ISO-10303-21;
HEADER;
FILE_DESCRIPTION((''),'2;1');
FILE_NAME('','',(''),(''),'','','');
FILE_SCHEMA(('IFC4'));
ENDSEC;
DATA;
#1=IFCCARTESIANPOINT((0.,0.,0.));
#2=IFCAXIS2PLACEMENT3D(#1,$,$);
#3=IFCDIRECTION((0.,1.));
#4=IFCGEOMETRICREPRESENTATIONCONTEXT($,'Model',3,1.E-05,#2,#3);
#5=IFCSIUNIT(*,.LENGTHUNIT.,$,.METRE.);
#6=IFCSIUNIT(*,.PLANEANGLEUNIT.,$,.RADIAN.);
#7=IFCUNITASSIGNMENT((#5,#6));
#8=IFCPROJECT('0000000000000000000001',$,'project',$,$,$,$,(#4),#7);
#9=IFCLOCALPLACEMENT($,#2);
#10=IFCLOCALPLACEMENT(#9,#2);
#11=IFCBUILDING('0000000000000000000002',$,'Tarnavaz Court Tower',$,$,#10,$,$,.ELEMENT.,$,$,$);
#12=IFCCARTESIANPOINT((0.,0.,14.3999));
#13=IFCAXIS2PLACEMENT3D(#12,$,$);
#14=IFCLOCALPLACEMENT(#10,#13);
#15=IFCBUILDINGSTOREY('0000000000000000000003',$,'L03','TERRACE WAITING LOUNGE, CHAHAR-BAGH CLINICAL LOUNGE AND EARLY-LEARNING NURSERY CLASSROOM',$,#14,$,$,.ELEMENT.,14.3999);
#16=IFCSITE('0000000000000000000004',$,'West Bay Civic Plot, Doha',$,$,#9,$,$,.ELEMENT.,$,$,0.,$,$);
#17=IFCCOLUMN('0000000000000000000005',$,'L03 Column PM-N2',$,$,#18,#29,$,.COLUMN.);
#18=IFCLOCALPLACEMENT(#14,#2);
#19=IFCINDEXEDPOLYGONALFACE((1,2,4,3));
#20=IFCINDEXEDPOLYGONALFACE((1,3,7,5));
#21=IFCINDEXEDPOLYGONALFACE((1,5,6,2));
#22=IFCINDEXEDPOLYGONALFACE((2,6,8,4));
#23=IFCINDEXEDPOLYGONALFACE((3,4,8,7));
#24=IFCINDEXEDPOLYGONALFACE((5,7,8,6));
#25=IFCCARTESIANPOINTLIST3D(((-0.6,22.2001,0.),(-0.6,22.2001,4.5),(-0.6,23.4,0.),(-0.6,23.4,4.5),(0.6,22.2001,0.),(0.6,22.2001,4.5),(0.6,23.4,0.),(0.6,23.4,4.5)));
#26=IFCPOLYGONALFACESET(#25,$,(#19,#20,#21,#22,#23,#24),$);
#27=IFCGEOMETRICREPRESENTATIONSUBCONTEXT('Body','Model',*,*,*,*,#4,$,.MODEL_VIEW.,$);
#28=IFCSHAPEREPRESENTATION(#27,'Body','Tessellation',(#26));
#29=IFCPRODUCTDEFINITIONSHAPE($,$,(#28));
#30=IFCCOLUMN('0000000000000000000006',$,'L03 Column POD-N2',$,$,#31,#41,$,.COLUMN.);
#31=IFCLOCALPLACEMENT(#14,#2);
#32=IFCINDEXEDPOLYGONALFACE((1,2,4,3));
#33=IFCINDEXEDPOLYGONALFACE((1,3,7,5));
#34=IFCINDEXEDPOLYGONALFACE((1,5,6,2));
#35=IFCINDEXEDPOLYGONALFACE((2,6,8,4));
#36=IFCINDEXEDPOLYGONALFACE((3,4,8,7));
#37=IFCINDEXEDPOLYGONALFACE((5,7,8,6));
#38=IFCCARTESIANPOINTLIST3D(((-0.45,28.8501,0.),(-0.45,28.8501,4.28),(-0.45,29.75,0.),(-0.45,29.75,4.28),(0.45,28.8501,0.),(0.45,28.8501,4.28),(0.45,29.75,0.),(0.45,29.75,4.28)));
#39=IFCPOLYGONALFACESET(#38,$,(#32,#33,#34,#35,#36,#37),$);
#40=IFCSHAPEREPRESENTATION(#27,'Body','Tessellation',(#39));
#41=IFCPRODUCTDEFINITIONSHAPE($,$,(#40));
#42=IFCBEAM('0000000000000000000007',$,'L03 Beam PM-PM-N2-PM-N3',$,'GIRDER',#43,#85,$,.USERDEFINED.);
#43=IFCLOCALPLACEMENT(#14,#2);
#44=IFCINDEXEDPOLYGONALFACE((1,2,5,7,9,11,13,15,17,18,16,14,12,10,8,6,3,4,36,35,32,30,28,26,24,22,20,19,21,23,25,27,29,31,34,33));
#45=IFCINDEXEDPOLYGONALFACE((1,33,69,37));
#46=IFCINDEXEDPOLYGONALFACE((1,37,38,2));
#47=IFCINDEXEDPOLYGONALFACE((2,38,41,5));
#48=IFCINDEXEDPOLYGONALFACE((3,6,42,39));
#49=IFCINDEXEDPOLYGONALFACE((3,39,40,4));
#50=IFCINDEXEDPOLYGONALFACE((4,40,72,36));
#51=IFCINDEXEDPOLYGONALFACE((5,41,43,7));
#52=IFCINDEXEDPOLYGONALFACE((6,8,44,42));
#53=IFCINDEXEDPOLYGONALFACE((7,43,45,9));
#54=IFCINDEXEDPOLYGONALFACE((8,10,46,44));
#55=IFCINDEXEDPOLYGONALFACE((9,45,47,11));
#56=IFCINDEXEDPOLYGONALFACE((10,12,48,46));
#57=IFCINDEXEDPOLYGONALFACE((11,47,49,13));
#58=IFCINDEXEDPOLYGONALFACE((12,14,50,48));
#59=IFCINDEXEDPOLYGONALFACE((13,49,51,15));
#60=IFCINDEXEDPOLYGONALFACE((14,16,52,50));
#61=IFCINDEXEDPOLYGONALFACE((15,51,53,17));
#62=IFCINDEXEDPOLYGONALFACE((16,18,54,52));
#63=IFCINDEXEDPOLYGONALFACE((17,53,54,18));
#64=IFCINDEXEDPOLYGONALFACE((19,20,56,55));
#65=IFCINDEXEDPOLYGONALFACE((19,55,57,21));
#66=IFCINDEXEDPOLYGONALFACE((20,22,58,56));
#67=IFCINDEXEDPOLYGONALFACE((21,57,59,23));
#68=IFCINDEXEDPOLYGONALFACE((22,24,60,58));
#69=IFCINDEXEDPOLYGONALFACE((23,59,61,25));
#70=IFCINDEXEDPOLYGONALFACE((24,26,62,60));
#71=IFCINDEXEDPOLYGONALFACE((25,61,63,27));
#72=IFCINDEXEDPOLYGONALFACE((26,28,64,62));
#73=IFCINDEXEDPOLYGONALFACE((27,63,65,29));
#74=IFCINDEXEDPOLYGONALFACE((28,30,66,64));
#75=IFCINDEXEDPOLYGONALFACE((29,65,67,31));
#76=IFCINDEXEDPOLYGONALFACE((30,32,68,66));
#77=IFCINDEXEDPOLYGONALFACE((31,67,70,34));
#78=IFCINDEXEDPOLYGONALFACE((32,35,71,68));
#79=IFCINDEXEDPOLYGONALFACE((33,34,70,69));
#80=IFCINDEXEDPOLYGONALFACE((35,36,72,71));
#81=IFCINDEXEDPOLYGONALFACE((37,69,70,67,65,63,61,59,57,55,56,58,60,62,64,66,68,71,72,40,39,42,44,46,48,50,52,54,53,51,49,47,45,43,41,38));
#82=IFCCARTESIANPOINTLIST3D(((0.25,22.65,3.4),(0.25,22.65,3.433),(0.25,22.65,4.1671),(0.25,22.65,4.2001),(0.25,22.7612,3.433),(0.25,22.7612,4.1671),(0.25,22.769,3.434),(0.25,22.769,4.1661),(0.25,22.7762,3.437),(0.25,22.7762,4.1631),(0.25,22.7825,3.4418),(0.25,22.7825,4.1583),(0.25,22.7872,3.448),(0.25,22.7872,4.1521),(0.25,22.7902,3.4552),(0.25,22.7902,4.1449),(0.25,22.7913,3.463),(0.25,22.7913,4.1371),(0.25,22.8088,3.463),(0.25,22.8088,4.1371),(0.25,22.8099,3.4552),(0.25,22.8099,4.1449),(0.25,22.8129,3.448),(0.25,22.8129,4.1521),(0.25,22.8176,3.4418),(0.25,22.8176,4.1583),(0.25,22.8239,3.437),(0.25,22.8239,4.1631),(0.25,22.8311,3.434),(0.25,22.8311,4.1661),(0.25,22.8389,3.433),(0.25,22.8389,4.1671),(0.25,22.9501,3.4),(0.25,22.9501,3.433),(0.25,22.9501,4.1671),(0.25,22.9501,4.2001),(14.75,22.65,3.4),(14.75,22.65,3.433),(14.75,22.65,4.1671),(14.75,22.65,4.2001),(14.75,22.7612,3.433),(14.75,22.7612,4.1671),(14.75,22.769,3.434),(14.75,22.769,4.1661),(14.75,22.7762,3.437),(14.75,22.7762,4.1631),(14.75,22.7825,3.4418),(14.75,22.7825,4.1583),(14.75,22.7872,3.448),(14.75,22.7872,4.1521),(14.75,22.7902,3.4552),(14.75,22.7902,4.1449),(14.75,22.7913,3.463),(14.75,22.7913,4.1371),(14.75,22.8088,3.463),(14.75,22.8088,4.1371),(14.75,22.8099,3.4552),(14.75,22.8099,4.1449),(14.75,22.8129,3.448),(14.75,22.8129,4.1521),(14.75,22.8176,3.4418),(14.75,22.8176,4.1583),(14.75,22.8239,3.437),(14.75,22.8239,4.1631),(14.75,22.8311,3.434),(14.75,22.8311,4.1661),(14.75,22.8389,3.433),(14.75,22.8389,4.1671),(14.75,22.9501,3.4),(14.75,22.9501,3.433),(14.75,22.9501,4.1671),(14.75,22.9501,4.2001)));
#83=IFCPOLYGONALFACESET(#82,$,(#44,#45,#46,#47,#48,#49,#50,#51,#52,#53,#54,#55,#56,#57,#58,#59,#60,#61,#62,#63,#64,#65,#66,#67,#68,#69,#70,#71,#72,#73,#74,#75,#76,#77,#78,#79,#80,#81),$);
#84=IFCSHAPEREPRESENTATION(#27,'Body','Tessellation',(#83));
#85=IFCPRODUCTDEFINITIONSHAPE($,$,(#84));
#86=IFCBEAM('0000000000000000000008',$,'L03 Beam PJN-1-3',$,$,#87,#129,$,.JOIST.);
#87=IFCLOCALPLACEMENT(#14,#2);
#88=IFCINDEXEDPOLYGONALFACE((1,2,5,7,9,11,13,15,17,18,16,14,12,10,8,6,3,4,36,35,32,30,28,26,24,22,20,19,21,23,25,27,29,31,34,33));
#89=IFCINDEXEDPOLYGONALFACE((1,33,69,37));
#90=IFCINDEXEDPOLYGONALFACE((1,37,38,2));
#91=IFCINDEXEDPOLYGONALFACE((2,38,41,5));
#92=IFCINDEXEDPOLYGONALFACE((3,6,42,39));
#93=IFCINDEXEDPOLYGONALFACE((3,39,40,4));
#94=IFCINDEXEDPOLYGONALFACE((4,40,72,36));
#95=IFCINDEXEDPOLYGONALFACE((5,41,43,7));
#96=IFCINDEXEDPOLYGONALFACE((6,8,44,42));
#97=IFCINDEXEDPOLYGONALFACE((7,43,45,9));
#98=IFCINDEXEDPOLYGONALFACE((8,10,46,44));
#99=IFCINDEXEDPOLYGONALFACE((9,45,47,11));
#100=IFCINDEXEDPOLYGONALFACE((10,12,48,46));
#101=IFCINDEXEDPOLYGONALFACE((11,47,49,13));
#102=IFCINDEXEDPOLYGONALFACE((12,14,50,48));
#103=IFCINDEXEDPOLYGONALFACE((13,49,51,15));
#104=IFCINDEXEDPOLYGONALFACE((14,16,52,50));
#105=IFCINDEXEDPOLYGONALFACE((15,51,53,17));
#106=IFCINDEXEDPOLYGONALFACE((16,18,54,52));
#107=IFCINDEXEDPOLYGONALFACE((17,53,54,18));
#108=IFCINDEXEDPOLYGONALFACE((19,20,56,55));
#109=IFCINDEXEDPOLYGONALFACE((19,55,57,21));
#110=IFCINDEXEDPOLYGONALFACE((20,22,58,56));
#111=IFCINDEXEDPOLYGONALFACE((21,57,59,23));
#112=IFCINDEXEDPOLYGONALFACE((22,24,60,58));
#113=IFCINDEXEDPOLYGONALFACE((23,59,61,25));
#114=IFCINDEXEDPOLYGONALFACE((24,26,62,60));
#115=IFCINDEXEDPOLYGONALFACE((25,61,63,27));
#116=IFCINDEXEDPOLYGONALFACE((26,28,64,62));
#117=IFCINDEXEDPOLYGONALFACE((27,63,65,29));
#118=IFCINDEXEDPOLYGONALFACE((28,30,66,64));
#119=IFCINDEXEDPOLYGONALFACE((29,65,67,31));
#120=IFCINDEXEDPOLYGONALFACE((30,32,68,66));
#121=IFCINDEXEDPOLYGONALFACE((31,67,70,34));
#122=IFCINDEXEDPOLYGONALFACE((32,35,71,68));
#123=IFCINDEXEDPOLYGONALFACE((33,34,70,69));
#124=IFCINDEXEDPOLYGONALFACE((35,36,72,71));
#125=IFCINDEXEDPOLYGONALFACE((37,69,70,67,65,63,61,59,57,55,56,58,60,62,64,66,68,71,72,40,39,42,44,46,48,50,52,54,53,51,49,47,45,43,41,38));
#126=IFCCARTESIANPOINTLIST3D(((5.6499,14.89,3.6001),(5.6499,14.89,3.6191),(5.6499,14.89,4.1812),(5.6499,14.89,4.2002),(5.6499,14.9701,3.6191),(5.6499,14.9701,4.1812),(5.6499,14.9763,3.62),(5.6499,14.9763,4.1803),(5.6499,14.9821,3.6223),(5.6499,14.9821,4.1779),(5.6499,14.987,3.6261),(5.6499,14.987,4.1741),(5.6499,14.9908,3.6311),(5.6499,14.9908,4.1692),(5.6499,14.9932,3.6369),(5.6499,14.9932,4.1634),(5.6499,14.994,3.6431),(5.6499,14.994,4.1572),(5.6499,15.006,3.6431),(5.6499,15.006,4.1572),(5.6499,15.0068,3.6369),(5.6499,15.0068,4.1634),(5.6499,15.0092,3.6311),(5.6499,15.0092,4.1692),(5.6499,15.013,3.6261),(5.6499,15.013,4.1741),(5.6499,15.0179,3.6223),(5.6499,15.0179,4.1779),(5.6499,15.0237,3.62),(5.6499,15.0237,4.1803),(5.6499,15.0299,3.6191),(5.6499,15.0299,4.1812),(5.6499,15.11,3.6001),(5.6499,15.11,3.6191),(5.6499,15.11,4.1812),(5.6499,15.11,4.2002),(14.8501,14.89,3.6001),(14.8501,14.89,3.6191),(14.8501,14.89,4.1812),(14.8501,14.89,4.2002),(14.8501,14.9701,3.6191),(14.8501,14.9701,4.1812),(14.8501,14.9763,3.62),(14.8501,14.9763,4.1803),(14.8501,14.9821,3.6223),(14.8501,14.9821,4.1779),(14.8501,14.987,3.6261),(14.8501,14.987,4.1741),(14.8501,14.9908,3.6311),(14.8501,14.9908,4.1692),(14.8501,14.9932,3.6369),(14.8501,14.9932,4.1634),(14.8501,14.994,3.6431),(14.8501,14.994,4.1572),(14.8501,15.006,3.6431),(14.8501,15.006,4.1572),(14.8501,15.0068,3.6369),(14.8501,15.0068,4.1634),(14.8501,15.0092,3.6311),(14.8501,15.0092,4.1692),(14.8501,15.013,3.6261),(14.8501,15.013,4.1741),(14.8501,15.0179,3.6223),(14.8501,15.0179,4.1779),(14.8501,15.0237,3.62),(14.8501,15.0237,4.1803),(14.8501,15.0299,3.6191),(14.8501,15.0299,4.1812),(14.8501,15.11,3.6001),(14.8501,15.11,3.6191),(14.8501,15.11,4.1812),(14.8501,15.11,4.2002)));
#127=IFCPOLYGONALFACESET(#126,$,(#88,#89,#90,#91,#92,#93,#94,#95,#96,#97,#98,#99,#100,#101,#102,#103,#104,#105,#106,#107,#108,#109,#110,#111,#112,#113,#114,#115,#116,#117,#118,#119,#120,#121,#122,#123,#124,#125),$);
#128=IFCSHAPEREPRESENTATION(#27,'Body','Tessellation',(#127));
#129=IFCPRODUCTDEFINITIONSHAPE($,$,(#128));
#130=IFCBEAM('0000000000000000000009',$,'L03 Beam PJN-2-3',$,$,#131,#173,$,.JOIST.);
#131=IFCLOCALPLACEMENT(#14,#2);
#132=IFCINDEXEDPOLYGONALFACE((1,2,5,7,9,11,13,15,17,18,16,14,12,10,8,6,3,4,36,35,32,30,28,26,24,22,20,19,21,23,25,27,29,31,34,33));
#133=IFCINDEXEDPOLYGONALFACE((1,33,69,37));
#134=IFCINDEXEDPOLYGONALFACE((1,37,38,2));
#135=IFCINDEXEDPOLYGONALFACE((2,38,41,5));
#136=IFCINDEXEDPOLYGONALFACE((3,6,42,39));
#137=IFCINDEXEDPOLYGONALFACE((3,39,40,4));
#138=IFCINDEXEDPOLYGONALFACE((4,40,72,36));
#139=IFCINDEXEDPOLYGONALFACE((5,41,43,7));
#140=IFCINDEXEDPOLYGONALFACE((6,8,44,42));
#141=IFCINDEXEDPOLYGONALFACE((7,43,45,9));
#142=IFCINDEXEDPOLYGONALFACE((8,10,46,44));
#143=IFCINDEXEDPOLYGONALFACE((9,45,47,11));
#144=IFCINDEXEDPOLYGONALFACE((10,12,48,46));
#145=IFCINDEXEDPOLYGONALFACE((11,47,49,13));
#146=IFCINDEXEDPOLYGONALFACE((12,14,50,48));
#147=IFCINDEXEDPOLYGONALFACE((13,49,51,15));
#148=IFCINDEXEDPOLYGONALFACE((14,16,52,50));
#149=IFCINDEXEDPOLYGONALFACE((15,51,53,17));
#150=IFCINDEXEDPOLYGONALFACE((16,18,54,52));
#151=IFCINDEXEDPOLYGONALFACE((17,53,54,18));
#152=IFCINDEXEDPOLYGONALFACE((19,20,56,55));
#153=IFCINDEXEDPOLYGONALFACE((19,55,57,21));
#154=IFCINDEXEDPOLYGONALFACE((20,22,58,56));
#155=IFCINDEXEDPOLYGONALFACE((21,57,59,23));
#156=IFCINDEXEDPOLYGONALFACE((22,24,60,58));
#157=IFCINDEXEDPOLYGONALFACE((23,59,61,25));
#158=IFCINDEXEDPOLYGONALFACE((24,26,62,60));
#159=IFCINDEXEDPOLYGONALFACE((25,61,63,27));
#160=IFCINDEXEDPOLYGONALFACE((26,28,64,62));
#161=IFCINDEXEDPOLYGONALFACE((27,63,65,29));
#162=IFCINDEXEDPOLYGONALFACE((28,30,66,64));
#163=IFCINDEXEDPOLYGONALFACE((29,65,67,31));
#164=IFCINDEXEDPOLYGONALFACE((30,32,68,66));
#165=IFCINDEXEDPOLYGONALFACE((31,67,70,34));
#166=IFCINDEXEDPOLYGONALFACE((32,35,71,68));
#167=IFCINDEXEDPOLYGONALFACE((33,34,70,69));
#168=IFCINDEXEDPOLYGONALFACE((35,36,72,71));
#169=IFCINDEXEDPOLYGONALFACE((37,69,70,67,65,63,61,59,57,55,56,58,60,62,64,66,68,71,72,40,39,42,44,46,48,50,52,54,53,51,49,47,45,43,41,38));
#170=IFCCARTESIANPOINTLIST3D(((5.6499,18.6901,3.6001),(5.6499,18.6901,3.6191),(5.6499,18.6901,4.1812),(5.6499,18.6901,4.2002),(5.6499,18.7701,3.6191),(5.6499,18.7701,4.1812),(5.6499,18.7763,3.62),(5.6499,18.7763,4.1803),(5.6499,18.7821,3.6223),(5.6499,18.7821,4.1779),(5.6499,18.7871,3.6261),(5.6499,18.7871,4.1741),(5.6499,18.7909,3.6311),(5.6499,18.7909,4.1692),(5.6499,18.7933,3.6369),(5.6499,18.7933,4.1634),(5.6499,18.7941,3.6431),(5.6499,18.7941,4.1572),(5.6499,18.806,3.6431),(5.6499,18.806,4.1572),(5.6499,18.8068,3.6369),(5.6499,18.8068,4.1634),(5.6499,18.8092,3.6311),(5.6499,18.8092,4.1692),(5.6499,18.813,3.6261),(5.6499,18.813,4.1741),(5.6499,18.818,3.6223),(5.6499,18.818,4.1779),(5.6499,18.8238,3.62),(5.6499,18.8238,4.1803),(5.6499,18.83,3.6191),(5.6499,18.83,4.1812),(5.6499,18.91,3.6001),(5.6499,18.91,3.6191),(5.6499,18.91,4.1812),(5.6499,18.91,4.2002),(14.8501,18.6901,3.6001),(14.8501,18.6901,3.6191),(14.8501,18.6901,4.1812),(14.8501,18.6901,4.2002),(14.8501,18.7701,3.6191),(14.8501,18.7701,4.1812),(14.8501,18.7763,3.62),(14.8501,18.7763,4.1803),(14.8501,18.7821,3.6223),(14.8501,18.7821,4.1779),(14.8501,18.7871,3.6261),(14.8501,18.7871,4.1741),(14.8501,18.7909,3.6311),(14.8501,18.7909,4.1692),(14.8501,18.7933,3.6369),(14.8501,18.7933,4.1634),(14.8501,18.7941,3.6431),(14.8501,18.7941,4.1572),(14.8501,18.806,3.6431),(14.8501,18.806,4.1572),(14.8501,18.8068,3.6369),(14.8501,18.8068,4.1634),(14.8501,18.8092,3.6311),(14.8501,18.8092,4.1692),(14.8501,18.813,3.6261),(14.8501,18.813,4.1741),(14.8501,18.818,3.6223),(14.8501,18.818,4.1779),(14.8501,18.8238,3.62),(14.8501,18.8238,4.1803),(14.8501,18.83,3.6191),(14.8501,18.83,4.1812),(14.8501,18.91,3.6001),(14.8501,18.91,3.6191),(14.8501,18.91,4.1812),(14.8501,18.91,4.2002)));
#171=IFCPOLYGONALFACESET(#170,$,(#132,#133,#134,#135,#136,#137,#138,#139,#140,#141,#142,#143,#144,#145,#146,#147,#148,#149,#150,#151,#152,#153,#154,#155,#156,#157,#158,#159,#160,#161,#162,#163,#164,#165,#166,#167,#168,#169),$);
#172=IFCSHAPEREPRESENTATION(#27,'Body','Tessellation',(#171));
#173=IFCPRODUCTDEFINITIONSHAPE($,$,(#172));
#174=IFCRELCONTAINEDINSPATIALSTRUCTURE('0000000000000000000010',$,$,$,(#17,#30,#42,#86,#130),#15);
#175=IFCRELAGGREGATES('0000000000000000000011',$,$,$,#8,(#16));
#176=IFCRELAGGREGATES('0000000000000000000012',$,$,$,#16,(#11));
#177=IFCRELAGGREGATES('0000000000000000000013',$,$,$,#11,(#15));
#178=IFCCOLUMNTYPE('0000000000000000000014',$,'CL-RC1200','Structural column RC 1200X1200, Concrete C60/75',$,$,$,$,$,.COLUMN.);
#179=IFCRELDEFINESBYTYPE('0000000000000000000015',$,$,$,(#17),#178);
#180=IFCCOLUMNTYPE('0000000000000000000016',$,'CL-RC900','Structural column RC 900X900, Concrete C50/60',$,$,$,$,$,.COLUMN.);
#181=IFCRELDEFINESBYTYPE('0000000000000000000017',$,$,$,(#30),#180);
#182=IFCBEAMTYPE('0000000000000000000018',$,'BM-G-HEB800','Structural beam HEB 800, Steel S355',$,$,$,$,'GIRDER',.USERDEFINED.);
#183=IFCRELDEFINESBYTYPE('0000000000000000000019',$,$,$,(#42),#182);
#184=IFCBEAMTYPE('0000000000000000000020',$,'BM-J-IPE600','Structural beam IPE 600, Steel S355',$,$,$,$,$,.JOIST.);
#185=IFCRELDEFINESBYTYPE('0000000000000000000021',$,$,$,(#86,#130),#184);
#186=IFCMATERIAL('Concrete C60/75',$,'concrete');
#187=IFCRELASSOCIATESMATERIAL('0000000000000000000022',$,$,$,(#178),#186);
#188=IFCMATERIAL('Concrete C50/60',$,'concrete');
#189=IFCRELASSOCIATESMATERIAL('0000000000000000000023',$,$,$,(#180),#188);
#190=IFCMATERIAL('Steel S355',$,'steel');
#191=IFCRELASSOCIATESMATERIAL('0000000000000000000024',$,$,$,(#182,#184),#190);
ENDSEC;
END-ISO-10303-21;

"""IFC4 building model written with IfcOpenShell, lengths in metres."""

from ifc_helpers import new_model, si_unit, direction, frame, origin, origin_2d, place, context, subcontext, project, spatial, rectangle, i_section, extrude, material, material_profile, profile_set, type_object, element, save


model = new_model("IFC4")

# Units and contexts
model_context = context("Model", 3, precision=1e-05, world=origin(), true_north=direction((0.0, 1.0)))
body_context = subcontext(model_context, "Body", "Model", "MODEL_VIEW")
ifc_project = project(units=[si_unit("LENGTHUNIT", "METRE"), si_unit("PLANEANGLEUNIT", "RADIAN")], contexts=[model_context])

# Site, building, storey
site_placement = place(None, origin())
site = spatial("IfcSite", under=ifc_project, at=site_placement, Name="West Bay Civic Plot, Doha", CompositionType="ELEMENT", RefElevation=0.0)
building_placement = place(site_placement, origin())
building = spatial("IfcBuilding", under=site, at=building_placement, Name="Tarnavaz Court Tower", CompositionType="ELEMENT")
storey_placement = place(building_placement, frame((0.0, 0.0, 14.3999)))
storey = spatial("IfcBuildingStorey", under=building, at=storey_placement, Name="L03", Description="TERRACE WAITING LOUNGE, CHAHAR-BAGH CLINICAL LOUNGE AND EARLY-LEARNING NURSERY CLASSROOM", CompositionType="ELEMENT", Elevation=14.3999)

# Columns
ifc_material_1 = material(Name="Concrete C60/75", Category="concrete")
ifc_material_profile_1 = material_profile(ifc_material_1, rectangle(XDim=1.2, YDim=1.2, at=origin_2d()), Name="RC 1200X1200")
ifc_profile_set_1 = profile_set([ifc_material_profile_1], Name="Concrete C60/75")
column_type_1 = type_object("IfcColumnType", Name="CL-RC1200", Description="Structural column RC 1200X1200, Concrete C60/75", PredefinedType="COLUMN", material=ifc_profile_set_1)
column_1_placement = place(storey_placement, frame((0.0, 22.8, 0.0), z_axis=(0.0, 0.0, 1.0), x_axis=(1.0, 0.0, 0.0)))
element("IfcColumn", 1, at=column_1_placement, inside=storey, type_object=column_type_1, Name="L03 Column PM-N2", PredefinedType="COLUMN", context=body_context, shape_type="SweptSolid", body=[
    extrude(rectangle(XDim=1.2, YDim=1.2, at=origin_2d()), origin(), (0.0, 0.0, 1.0), 4.5),
])
ifc_material_2 = material(Name="Concrete C50/60", Category="concrete")
ifc_material_profile_2 = material_profile(ifc_material_2, rectangle(XDim=0.8999, YDim=0.8999, at=origin_2d()), Name="RC 900X900")
ifc_profile_set_2 = profile_set([ifc_material_profile_2], Name="Concrete C50/60")
column_type_2 = type_object("IfcColumnType", Name="CL-RC900", Description="Structural column RC 900X900, Concrete C50/60", PredefinedType="COLUMN", material=ifc_profile_set_2)
column_2_placement = place(storey_placement, frame((0.0, 29.3, 0.0), z_axis=(0.0, 0.0, 1.0), x_axis=(1.0, 0.0, 0.0)))
element("IfcColumn", 2, at=column_2_placement, inside=storey, type_object=column_type_2, Name="L03 Column POD-N2", PredefinedType="COLUMN", context=body_context, shape_type="SweptSolid", body=[
    extrude(rectangle(XDim=0.8999, YDim=0.8999, at=origin_2d()), origin(), (0.0, 0.0, 1.0), 4.28),
])

# Beams
ifc_material_3 = material(Name="Steel S355", Category="steel")
ifc_material_profile_3 = material_profile(ifc_material_3, i_section(OverallWidth=0.3, OverallDepth=0.8, WebThickness=0.0176, FlangeThickness=0.033, FilletRadius=0.03, at=origin_2d()), Name="HEB 800")
ifc_profile_set_3 = profile_set([ifc_material_profile_3], Name="Steel S355")
beam_type_1 = type_object("IfcBeamType", Name="BM-G-HEB800", Description="Structural beam HEB 800, Steel S355", ElementType="GIRDER", PredefinedType="USERDEFINED", material=ifc_profile_set_3)
beam_1_placement = place(storey_placement, frame((0.25, 22.8, 3.8), z_axis=(1.0, 0.0, 0.0), x_axis=(0.0, 1.0, 0.0)))
element("IfcBeam", 3, at=beam_1_placement, inside=storey, type_object=beam_type_1, Name="L03 Beam PM-PM-N2-PM-N3", ObjectType="GIRDER", PredefinedType="USERDEFINED", context=body_context, shape_type="SweptSolid", body=[
    extrude(i_section(OverallWidth=0.3, OverallDepth=0.8, WebThickness=0.0176, FlangeThickness=0.033, FilletRadius=0.03, at=origin_2d()), origin(), (0.0, 0.0, 1.0), 14.5),
])
ifc_material_profile_4 = material_profile(ifc_material_3, i_section(OverallWidth=0.22, OverallDepth=0.6001, WebThickness=0.012, FlangeThickness=0.019, FilletRadius=0.0239, at=origin_2d()), Name="IPE 600")
ifc_profile_set_4 = profile_set([ifc_material_profile_4], Name="Steel S355")
beam_type_2 = type_object("IfcBeamType", Name="BM-J-IPE600", Description="Structural beam IPE 600, Steel S355", PredefinedType="JOIST", material=ifc_profile_set_4)
for number, where, z_axis, x_axis, name in (
    (4, (5.6499, 15.0, 3.9001), (1.0, 0.0, 0.0), (0.0, 1.0, 0.0), "L03 Beam PJN-1-3"),
    (5, (5.6499, 18.8, 3.9001), (1.0, 0.0, 0.0), (0.0, 1.0, 0.0), "L03 Beam PJN-2-3"),
):
    element("IfcBeam", number, at=place(storey_placement, frame(where, z_axis=z_axis, x_axis=x_axis)), inside=storey, type_object=beam_type_2, Name=name, PredefinedType="JOIST", context=body_context, shape_type="SweptSolid", body=[
        extrude(i_section(OverallWidth=0.22, OverallDepth=0.6001, WebThickness=0.012, FlangeThickness=0.019, FilletRadius=0.0239, at=origin_2d()), origin(), (0.0, 0.0, 1.0), 9.2002),
    ])

save(model, "model.ifc")
